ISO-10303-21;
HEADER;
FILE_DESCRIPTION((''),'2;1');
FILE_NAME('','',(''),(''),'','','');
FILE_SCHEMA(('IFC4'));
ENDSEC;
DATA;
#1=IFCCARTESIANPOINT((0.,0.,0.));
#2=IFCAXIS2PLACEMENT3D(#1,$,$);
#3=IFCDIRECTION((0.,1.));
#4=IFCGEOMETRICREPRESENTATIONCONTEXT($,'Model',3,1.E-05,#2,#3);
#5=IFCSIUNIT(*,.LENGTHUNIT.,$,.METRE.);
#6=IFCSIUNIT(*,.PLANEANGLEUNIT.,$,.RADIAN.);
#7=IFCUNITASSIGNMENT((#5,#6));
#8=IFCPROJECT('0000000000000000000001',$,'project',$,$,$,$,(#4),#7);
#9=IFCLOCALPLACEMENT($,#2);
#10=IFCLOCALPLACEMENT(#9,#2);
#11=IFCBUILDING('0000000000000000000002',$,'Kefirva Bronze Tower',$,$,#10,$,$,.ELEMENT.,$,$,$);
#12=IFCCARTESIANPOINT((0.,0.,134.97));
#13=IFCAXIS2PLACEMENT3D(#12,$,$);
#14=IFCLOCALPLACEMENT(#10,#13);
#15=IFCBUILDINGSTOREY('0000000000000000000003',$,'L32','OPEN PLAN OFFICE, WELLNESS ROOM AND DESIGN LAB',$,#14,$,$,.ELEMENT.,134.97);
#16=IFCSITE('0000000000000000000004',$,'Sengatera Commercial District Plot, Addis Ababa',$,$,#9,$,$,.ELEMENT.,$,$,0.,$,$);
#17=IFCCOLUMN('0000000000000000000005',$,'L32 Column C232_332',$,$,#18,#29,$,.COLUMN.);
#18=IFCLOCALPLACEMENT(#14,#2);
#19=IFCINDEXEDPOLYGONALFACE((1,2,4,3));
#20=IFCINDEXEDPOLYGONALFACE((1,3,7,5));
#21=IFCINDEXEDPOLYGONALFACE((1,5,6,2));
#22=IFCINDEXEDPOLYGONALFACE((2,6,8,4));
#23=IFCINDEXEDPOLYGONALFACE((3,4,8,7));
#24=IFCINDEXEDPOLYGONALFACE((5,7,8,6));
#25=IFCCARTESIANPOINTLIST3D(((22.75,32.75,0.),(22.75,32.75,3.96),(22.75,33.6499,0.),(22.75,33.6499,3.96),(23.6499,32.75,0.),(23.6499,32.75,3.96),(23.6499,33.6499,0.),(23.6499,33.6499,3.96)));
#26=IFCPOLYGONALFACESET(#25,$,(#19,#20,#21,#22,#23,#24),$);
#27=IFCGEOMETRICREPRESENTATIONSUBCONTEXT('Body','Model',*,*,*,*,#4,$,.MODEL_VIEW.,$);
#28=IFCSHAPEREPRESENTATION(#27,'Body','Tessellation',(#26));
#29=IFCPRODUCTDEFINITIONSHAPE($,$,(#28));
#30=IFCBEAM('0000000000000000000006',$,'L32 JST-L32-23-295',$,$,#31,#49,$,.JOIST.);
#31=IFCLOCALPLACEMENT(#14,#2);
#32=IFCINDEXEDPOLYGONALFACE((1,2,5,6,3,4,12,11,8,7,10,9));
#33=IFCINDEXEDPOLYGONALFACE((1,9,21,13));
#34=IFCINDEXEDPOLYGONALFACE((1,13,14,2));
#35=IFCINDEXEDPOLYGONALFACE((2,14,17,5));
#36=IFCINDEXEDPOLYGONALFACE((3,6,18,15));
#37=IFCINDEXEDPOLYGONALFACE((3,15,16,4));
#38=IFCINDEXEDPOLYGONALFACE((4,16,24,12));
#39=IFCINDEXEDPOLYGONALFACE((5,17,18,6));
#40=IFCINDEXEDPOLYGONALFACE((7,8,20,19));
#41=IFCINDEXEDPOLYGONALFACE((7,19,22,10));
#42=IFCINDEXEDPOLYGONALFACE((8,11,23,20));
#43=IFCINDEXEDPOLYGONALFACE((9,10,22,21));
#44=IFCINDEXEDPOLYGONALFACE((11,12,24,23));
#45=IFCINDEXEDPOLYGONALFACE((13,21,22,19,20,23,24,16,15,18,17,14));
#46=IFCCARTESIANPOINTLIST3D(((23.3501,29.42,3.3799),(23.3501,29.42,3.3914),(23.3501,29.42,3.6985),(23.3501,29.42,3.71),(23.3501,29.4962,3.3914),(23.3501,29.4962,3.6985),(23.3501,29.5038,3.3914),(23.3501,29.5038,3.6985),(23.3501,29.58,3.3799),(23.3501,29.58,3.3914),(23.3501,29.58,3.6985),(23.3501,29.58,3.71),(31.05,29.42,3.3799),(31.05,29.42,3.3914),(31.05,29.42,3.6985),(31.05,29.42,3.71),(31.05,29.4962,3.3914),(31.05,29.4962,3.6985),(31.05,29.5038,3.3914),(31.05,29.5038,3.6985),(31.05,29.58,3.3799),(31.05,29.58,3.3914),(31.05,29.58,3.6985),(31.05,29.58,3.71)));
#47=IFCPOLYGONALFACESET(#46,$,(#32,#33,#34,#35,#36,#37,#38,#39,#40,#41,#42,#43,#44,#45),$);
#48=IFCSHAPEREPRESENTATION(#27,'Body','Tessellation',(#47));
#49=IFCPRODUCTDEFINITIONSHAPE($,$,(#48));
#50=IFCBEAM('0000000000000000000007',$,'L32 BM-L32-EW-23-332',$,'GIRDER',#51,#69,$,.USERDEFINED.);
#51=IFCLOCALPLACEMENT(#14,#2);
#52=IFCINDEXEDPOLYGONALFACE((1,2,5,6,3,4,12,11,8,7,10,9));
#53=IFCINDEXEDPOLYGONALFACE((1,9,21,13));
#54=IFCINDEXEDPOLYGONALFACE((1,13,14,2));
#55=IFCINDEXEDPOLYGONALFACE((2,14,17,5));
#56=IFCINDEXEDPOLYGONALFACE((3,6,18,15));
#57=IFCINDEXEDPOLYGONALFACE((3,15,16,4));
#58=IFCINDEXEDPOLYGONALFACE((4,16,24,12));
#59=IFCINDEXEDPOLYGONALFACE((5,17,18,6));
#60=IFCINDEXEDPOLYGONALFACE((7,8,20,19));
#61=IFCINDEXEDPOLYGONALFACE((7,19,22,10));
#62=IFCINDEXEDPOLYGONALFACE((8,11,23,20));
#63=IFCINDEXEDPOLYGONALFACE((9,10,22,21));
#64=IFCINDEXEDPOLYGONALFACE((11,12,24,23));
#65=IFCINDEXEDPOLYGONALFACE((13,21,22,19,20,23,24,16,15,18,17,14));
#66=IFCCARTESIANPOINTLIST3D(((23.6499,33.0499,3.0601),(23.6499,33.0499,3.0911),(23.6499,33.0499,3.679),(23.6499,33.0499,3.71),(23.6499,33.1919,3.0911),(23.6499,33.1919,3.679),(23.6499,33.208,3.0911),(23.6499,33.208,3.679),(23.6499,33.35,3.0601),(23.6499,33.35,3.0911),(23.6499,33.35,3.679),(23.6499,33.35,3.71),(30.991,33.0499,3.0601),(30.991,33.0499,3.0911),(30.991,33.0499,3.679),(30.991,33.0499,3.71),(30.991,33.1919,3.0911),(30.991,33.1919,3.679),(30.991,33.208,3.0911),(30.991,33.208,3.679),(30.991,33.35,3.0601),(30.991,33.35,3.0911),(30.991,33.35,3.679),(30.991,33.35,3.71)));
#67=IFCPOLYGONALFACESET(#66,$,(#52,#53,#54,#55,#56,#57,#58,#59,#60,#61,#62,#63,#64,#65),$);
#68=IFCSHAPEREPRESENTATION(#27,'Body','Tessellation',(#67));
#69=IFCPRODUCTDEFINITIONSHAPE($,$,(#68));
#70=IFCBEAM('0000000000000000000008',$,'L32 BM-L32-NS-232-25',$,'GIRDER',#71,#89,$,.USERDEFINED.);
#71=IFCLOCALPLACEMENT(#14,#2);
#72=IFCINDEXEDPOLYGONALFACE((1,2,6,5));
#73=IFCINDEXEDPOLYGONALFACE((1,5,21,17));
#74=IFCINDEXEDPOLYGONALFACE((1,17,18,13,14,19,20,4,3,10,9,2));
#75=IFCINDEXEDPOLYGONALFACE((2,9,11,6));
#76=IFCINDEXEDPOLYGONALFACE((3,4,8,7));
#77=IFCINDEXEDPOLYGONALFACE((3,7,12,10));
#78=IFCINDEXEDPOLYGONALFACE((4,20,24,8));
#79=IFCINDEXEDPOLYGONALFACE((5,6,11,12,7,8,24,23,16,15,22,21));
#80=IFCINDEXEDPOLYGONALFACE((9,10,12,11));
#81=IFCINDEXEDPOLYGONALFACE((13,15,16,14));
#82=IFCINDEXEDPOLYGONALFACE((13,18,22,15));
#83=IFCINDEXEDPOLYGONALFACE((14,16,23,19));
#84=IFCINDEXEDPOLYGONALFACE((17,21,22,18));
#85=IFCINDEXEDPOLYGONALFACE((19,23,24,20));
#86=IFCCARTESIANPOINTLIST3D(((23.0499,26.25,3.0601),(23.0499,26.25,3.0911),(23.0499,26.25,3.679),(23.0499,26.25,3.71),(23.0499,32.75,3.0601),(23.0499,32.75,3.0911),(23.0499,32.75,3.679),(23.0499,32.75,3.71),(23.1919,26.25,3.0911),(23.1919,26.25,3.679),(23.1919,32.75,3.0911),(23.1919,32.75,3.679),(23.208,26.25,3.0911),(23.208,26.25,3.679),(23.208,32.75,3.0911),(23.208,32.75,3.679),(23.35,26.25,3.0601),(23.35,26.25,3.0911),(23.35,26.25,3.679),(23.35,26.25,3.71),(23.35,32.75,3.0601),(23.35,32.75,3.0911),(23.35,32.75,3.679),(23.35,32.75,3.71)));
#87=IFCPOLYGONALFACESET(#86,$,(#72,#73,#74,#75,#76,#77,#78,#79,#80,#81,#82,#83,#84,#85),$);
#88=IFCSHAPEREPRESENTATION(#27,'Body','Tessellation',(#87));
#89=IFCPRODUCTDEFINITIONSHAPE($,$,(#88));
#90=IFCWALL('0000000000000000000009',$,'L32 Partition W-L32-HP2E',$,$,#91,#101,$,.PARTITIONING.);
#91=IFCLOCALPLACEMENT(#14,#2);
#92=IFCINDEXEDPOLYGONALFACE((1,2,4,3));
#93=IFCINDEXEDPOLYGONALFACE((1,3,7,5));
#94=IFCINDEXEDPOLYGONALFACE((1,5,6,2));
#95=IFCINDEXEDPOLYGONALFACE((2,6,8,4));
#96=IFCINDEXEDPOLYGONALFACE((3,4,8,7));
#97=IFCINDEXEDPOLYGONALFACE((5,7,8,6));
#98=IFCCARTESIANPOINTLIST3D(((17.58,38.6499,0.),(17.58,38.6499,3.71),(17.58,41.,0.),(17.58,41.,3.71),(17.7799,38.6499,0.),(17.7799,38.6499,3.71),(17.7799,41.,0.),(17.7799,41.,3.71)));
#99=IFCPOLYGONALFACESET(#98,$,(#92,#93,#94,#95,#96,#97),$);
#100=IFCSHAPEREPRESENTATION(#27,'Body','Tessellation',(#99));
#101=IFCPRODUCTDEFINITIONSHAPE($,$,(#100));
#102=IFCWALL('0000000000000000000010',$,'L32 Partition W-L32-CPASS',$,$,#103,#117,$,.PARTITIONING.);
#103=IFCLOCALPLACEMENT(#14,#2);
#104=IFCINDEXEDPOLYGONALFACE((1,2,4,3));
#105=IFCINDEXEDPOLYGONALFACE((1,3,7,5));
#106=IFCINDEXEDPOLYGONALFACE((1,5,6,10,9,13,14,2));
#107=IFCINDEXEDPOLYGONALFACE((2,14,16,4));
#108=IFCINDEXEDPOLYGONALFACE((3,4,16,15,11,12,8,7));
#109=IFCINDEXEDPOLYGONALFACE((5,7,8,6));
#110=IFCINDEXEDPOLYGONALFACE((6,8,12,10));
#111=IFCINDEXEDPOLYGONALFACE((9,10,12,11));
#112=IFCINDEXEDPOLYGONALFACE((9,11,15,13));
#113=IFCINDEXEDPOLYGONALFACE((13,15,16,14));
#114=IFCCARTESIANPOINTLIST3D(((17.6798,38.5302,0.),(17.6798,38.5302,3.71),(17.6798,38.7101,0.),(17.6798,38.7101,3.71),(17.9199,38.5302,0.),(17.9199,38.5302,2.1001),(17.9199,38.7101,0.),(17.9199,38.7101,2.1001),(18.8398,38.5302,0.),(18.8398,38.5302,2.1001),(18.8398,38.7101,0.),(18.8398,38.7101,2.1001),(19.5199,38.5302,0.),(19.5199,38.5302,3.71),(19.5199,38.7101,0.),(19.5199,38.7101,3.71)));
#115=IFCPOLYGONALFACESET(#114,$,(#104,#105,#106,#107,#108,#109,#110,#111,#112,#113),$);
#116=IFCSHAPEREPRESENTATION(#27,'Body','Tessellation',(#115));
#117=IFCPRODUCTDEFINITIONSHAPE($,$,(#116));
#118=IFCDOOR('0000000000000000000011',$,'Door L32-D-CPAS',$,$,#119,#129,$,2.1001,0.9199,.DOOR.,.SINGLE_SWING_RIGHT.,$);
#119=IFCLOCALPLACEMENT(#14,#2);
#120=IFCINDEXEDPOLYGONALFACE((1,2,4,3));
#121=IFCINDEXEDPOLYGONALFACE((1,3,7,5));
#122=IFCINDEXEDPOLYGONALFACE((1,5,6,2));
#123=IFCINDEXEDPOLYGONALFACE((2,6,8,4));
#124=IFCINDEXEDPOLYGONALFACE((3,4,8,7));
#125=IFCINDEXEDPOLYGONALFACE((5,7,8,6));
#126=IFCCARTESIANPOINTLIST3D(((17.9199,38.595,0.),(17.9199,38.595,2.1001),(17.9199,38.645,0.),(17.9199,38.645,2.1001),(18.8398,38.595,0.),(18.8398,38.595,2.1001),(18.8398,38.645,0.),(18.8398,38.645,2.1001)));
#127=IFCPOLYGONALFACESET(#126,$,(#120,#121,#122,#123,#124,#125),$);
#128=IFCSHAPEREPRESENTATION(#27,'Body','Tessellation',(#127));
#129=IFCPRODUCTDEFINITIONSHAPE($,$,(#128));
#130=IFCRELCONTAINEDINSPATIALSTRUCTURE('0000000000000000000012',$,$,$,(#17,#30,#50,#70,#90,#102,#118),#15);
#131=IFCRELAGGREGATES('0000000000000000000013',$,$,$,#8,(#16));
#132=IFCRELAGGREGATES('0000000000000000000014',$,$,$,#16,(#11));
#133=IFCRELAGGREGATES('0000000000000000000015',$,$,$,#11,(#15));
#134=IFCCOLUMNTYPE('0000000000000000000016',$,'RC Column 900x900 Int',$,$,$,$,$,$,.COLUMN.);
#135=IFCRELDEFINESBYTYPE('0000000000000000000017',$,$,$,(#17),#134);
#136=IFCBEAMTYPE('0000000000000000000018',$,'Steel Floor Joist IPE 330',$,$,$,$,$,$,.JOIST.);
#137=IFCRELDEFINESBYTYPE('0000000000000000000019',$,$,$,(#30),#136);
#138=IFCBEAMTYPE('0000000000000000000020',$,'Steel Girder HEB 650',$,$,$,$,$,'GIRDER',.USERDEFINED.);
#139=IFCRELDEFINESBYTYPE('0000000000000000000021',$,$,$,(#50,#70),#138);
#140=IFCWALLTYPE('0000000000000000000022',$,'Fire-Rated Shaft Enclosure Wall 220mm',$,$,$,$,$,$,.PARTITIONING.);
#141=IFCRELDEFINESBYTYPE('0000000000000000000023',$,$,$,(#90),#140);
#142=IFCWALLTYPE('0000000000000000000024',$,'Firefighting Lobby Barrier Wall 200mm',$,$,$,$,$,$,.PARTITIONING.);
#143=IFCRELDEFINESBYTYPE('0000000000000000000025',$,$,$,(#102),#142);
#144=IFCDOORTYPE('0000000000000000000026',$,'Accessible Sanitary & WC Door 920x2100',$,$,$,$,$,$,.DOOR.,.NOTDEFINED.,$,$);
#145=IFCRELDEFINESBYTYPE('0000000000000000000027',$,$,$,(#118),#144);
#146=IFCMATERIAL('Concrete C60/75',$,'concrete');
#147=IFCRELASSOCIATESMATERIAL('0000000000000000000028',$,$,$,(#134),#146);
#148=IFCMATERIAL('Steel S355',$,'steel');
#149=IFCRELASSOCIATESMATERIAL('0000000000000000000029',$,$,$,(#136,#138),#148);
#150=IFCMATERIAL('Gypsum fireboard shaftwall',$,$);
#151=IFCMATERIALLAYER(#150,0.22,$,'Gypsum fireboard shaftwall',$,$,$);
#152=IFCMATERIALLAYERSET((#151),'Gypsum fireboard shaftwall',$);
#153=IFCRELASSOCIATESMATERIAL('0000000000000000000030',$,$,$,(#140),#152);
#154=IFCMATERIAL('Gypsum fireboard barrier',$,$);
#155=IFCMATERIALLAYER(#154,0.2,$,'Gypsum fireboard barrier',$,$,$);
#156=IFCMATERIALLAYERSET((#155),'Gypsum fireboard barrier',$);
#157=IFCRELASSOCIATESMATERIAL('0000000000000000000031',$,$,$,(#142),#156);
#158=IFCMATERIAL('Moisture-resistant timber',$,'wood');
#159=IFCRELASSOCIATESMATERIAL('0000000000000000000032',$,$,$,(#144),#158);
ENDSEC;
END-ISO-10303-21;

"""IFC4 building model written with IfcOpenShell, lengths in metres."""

from ifc_helpers import new_model, si_unit, direction, frame, frame_2d, origin, origin_2d, place, context, subcontext, project, spatial, rectangle, i_section, extrude, material, layer, layer_set, material_profile, profile_set, type_object, element, fill, save


model = new_model("IFC4")

# Units and contexts
model_context = context("Model", 3, precision=1e-05, world=origin(), true_north=direction((0.0, 1.0)))
body_context = subcontext(model_context, "Body", "Model", "MODEL_VIEW")
ifc_project = project(units=[si_unit("LENGTHUNIT", "METRE"), si_unit("PLANEANGLEUNIT", "RADIAN")], contexts=[model_context])

# Site, building, storey
site_placement = place(None, origin())
site = spatial("IfcSite", under=ifc_project, at=site_placement, Name="Sengatera Commercial District Plot, Addis Ababa", CompositionType="ELEMENT", RefElevation=0.0)
building_placement = place(site_placement, origin())
building = spatial("IfcBuilding", under=site, at=building_placement, Name="Kefirva Bronze Tower", CompositionType="ELEMENT")
storey_placement = place(building_placement, frame((0.0, 0.0, 134.97)))
storey = spatial("IfcBuildingStorey", under=building, at=storey_placement, Name="L32", Description="OPEN PLAN OFFICE, WELLNESS ROOM AND DESIGN LAB", CompositionType="ELEMENT", Elevation=134.97)

# Column
ifc_material_1 = material(Name="Concrete C60/75", Category="concrete")
ifc_material_profile_1 = material_profile(ifc_material_1, rectangle(XDim=0.8999, YDim=0.8999, at=origin_2d()), Name="RC 900x900")
ifc_profile_set_1 = profile_set([ifc_material_profile_1], Name="Concrete C60/75")
column_type = type_object("IfcColumnType", Name="RC Column 900x900 Int", PredefinedType="COLUMN", material=ifc_profile_set_1)
column_placement = place(storey_placement, frame((23.2, 33.2, 0.0), z_axis=(0.0, 0.0, 1.0), x_axis=(1.0, 0.0, 0.0)))
element("IfcColumn", 1, at=column_placement, inside=storey, type_object=column_type, Name="L32 Column C232_332", PredefinedType="COLUMN", context=body_context, shape_type="SweptSolid", body=[
    extrude(rectangle(XDim=0.8999, YDim=0.8999, at=origin_2d()), origin(), (0.0, 0.0, 1.0), 3.96),
])

# Beams
ifc_material_2 = material(Name="Steel S355", Category="steel")
ifc_material_profile_2 = material_profile(ifc_material_2, i_section(OverallWidth=0.1599, OverallDepth=0.3301, WebThickness=0.0076, FlangeThickness=0.0115, at=origin_2d()), Name="IPE 330")
ifc_profile_set_2 = profile_set([ifc_material_profile_2], Name="Steel S355")
beam_type_1 = type_object("IfcBeamType", Name="Steel Floor Joist IPE 330", PredefinedType="JOIST", material=ifc_profile_set_2)
beam_1_placement = place(storey_placement, frame((23.3501, 29.5, 3.5449), z_axis=(1.0, 0.0, 0.0), x_axis=(0.0, 1.0, 0.0)))
element("IfcBeam", 2, at=beam_1_placement, inside=storey, type_object=beam_type_1, Name="L32 JST-L32-23-295", PredefinedType="JOIST", context=body_context, shape_type="SweptSolid", body=[
    extrude(i_section(OverallWidth=0.1599, OverallDepth=0.3301, WebThickness=0.0076, FlangeThickness=0.0115, at=origin_2d()), origin(), (0.0, 0.0, 1.0), 7.7),
])
ifc_material_profile_3 = material_profile(ifc_material_2, i_section(OverallWidth=0.3, OverallDepth=0.6499, WebThickness=0.0161, FlangeThickness=0.031, at=origin_2d()), Name="HEB 650")
ifc_profile_set_3 = profile_set([ifc_material_profile_3], Name="Steel S355")
beam_type_2 = type_object("IfcBeamType", Name="Steel Girder HEB 650", ElementType="GIRDER", PredefinedType="USERDEFINED", material=ifc_profile_set_3)
beam_2_placement = place(storey_placement, frame((23.6499, 33.2, 3.385), z_axis=(1.0, 0.0, 0.0), x_axis=(0.0, 1.0, 0.0)))
element("IfcBeam", 3, at=beam_2_placement, inside=storey, type_object=beam_type_2, Name="L32 BM-L32-EW-23-332", ObjectType="GIRDER", PredefinedType="USERDEFINED", context=body_context, shape_type="SweptSolid", body=[
    extrude(i_section(OverallWidth=0.3, OverallDepth=0.6499, WebThickness=0.0161, FlangeThickness=0.031, at=origin_2d()), origin(), (0.0, 0.0, 1.0), 7.3411),
])
beam_3_placement = place(storey_placement, frame((23.2, 26.25, 3.385), z_axis=(0.0, 1.0, 0.0), x_axis=(-1.0, 0.0, 0.0)))
element("IfcBeam", 4, at=beam_3_placement, inside=storey, type_object=beam_type_2, Name="L32 BM-L32-NS-232-25", ObjectType="GIRDER", PredefinedType="USERDEFINED", context=body_context, shape_type="SweptSolid", body=[
    extrude(i_section(OverallWidth=0.3, OverallDepth=0.6499, WebThickness=0.0161, FlangeThickness=0.031, at=origin_2d()), origin(), (0.0, 0.0, 1.0), 6.5),
])

# Shared definitions
ifc_material_3 = material(Name="Gypsum fireboard shaftwall")
ifc_layer_1 = layer(ifc_material_3, 0.22, Name="Gypsum fireboard shaftwall")
ifc_layer_set_1 = layer_set([ifc_layer_1], Name="Gypsum fireboard shaftwall")
wall_type_1 = type_object("IfcWallType", Name="Fire-Rated Shaft Enclosure Wall 220mm", PredefinedType="PARTITIONING", material=ifc_layer_set_1)

# Wall
wall_1_placement = place(storey_placement, frame((17.6799, 38.6499, 0.0), z_axis=(0.0, 0.0, 1.0), x_axis=(0.0, 1.0, 0.0)))
element("IfcWall", 5, at=wall_1_placement, inside=storey, type_object=wall_type_1, Name="L32 Partition W-L32-HP2E", PredefinedType="PARTITIONING", context=body_context, shape_type="SweptSolid", body=[
    extrude(rectangle(XDim=2.3501, YDim=0.2, at=frame_2d((1.175, 0.0))), origin(), (0.0, 0.0, 1.0), 3.71),
])

# Wall, opening, door
ifc_material_4 = material(Name="Gypsum fireboard barrier")
ifc_layer_2 = layer(ifc_material_4, 0.2, Name="Gypsum fireboard barrier")
ifc_layer_set_2 = layer_set([ifc_layer_2], Name="Gypsum fireboard barrier")
wall_type_2 = type_object("IfcWallType", Name="Firefighting Lobby Barrier Wall 200mm", PredefinedType="PARTITIONING", material=ifc_layer_set_2)
wall_2_placement = place(storey_placement, frame((17.6799, 38.6201, 0.0), z_axis=(0.0, 0.0, 1.0), x_axis=(1.0, 0.0, 0.0)))
wall_2 = element("IfcWall", 6, at=wall_2_placement, inside=storey, type_object=wall_type_2, Name="L32 Partition W-L32-CPASS", PredefinedType="PARTITIONING", context=body_context, shape_type="SweptSolid", body=[
    extrude(rectangle(XDim=1.8401, YDim=0.1799, at=frame_2d((0.9199, 0.0))), origin(), (0.0, 0.0, 1.0), 3.71),
])
opening_1_placement = place(wall_2_placement, frame((0.24, 0.0, 0.0)))
opening_1 = element("IfcOpeningElement", 7, at=opening_1_placement, cuts=wall_2, PredefinedType="OPENING", context=body_context, shape_type="SweptSolid", body=[
    extrude(rectangle(XDim=0.9199, YDim=2.1001, at=frame_2d((0.46, 1.05))), frame((0.0, 0.1001, 0.0), z_axis=(0.0, -1.0, 0.0), x_axis=(1.0, 0.0, 0.0)), (0.0, 0.0, 1.0), 0.2),
])
ifc_material_5 = material(Name="Moisture-resistant timber", Category="wood")
door_type_1 = type_object("IfcDoorType", Name="Accessible Sanitary & WC Door 920x2100", OperationType="NOTDEFINED", PredefinedType="DOOR", material=ifc_material_5)
door_1_placement = place(opening_1_placement, origin())
door_1 = element("IfcDoor", 8, at=door_1_placement, inside=storey, type_object=door_type_1, Name="Door L32-D-CPAS", OperationType="SINGLE_SWING_RIGHT", OverallHeight=2.1001, OverallWidth=0.9199, PredefinedType="DOOR", context=body_context, shape_type="SweptSolid", body=[
    extrude(rectangle(XDim=0.9199, YDim=2.1001, at=frame_2d((0.46, 1.05))), frame((0.0, 0.0249, 0.0), z_axis=(0.0, -1.0, 0.0), x_axis=(1.0, 0.0, 0.0)), (0.0, 0.0, 1.0), 0.05),
])
fill(opening_1, door_1)

save(model, "model.ifc")
